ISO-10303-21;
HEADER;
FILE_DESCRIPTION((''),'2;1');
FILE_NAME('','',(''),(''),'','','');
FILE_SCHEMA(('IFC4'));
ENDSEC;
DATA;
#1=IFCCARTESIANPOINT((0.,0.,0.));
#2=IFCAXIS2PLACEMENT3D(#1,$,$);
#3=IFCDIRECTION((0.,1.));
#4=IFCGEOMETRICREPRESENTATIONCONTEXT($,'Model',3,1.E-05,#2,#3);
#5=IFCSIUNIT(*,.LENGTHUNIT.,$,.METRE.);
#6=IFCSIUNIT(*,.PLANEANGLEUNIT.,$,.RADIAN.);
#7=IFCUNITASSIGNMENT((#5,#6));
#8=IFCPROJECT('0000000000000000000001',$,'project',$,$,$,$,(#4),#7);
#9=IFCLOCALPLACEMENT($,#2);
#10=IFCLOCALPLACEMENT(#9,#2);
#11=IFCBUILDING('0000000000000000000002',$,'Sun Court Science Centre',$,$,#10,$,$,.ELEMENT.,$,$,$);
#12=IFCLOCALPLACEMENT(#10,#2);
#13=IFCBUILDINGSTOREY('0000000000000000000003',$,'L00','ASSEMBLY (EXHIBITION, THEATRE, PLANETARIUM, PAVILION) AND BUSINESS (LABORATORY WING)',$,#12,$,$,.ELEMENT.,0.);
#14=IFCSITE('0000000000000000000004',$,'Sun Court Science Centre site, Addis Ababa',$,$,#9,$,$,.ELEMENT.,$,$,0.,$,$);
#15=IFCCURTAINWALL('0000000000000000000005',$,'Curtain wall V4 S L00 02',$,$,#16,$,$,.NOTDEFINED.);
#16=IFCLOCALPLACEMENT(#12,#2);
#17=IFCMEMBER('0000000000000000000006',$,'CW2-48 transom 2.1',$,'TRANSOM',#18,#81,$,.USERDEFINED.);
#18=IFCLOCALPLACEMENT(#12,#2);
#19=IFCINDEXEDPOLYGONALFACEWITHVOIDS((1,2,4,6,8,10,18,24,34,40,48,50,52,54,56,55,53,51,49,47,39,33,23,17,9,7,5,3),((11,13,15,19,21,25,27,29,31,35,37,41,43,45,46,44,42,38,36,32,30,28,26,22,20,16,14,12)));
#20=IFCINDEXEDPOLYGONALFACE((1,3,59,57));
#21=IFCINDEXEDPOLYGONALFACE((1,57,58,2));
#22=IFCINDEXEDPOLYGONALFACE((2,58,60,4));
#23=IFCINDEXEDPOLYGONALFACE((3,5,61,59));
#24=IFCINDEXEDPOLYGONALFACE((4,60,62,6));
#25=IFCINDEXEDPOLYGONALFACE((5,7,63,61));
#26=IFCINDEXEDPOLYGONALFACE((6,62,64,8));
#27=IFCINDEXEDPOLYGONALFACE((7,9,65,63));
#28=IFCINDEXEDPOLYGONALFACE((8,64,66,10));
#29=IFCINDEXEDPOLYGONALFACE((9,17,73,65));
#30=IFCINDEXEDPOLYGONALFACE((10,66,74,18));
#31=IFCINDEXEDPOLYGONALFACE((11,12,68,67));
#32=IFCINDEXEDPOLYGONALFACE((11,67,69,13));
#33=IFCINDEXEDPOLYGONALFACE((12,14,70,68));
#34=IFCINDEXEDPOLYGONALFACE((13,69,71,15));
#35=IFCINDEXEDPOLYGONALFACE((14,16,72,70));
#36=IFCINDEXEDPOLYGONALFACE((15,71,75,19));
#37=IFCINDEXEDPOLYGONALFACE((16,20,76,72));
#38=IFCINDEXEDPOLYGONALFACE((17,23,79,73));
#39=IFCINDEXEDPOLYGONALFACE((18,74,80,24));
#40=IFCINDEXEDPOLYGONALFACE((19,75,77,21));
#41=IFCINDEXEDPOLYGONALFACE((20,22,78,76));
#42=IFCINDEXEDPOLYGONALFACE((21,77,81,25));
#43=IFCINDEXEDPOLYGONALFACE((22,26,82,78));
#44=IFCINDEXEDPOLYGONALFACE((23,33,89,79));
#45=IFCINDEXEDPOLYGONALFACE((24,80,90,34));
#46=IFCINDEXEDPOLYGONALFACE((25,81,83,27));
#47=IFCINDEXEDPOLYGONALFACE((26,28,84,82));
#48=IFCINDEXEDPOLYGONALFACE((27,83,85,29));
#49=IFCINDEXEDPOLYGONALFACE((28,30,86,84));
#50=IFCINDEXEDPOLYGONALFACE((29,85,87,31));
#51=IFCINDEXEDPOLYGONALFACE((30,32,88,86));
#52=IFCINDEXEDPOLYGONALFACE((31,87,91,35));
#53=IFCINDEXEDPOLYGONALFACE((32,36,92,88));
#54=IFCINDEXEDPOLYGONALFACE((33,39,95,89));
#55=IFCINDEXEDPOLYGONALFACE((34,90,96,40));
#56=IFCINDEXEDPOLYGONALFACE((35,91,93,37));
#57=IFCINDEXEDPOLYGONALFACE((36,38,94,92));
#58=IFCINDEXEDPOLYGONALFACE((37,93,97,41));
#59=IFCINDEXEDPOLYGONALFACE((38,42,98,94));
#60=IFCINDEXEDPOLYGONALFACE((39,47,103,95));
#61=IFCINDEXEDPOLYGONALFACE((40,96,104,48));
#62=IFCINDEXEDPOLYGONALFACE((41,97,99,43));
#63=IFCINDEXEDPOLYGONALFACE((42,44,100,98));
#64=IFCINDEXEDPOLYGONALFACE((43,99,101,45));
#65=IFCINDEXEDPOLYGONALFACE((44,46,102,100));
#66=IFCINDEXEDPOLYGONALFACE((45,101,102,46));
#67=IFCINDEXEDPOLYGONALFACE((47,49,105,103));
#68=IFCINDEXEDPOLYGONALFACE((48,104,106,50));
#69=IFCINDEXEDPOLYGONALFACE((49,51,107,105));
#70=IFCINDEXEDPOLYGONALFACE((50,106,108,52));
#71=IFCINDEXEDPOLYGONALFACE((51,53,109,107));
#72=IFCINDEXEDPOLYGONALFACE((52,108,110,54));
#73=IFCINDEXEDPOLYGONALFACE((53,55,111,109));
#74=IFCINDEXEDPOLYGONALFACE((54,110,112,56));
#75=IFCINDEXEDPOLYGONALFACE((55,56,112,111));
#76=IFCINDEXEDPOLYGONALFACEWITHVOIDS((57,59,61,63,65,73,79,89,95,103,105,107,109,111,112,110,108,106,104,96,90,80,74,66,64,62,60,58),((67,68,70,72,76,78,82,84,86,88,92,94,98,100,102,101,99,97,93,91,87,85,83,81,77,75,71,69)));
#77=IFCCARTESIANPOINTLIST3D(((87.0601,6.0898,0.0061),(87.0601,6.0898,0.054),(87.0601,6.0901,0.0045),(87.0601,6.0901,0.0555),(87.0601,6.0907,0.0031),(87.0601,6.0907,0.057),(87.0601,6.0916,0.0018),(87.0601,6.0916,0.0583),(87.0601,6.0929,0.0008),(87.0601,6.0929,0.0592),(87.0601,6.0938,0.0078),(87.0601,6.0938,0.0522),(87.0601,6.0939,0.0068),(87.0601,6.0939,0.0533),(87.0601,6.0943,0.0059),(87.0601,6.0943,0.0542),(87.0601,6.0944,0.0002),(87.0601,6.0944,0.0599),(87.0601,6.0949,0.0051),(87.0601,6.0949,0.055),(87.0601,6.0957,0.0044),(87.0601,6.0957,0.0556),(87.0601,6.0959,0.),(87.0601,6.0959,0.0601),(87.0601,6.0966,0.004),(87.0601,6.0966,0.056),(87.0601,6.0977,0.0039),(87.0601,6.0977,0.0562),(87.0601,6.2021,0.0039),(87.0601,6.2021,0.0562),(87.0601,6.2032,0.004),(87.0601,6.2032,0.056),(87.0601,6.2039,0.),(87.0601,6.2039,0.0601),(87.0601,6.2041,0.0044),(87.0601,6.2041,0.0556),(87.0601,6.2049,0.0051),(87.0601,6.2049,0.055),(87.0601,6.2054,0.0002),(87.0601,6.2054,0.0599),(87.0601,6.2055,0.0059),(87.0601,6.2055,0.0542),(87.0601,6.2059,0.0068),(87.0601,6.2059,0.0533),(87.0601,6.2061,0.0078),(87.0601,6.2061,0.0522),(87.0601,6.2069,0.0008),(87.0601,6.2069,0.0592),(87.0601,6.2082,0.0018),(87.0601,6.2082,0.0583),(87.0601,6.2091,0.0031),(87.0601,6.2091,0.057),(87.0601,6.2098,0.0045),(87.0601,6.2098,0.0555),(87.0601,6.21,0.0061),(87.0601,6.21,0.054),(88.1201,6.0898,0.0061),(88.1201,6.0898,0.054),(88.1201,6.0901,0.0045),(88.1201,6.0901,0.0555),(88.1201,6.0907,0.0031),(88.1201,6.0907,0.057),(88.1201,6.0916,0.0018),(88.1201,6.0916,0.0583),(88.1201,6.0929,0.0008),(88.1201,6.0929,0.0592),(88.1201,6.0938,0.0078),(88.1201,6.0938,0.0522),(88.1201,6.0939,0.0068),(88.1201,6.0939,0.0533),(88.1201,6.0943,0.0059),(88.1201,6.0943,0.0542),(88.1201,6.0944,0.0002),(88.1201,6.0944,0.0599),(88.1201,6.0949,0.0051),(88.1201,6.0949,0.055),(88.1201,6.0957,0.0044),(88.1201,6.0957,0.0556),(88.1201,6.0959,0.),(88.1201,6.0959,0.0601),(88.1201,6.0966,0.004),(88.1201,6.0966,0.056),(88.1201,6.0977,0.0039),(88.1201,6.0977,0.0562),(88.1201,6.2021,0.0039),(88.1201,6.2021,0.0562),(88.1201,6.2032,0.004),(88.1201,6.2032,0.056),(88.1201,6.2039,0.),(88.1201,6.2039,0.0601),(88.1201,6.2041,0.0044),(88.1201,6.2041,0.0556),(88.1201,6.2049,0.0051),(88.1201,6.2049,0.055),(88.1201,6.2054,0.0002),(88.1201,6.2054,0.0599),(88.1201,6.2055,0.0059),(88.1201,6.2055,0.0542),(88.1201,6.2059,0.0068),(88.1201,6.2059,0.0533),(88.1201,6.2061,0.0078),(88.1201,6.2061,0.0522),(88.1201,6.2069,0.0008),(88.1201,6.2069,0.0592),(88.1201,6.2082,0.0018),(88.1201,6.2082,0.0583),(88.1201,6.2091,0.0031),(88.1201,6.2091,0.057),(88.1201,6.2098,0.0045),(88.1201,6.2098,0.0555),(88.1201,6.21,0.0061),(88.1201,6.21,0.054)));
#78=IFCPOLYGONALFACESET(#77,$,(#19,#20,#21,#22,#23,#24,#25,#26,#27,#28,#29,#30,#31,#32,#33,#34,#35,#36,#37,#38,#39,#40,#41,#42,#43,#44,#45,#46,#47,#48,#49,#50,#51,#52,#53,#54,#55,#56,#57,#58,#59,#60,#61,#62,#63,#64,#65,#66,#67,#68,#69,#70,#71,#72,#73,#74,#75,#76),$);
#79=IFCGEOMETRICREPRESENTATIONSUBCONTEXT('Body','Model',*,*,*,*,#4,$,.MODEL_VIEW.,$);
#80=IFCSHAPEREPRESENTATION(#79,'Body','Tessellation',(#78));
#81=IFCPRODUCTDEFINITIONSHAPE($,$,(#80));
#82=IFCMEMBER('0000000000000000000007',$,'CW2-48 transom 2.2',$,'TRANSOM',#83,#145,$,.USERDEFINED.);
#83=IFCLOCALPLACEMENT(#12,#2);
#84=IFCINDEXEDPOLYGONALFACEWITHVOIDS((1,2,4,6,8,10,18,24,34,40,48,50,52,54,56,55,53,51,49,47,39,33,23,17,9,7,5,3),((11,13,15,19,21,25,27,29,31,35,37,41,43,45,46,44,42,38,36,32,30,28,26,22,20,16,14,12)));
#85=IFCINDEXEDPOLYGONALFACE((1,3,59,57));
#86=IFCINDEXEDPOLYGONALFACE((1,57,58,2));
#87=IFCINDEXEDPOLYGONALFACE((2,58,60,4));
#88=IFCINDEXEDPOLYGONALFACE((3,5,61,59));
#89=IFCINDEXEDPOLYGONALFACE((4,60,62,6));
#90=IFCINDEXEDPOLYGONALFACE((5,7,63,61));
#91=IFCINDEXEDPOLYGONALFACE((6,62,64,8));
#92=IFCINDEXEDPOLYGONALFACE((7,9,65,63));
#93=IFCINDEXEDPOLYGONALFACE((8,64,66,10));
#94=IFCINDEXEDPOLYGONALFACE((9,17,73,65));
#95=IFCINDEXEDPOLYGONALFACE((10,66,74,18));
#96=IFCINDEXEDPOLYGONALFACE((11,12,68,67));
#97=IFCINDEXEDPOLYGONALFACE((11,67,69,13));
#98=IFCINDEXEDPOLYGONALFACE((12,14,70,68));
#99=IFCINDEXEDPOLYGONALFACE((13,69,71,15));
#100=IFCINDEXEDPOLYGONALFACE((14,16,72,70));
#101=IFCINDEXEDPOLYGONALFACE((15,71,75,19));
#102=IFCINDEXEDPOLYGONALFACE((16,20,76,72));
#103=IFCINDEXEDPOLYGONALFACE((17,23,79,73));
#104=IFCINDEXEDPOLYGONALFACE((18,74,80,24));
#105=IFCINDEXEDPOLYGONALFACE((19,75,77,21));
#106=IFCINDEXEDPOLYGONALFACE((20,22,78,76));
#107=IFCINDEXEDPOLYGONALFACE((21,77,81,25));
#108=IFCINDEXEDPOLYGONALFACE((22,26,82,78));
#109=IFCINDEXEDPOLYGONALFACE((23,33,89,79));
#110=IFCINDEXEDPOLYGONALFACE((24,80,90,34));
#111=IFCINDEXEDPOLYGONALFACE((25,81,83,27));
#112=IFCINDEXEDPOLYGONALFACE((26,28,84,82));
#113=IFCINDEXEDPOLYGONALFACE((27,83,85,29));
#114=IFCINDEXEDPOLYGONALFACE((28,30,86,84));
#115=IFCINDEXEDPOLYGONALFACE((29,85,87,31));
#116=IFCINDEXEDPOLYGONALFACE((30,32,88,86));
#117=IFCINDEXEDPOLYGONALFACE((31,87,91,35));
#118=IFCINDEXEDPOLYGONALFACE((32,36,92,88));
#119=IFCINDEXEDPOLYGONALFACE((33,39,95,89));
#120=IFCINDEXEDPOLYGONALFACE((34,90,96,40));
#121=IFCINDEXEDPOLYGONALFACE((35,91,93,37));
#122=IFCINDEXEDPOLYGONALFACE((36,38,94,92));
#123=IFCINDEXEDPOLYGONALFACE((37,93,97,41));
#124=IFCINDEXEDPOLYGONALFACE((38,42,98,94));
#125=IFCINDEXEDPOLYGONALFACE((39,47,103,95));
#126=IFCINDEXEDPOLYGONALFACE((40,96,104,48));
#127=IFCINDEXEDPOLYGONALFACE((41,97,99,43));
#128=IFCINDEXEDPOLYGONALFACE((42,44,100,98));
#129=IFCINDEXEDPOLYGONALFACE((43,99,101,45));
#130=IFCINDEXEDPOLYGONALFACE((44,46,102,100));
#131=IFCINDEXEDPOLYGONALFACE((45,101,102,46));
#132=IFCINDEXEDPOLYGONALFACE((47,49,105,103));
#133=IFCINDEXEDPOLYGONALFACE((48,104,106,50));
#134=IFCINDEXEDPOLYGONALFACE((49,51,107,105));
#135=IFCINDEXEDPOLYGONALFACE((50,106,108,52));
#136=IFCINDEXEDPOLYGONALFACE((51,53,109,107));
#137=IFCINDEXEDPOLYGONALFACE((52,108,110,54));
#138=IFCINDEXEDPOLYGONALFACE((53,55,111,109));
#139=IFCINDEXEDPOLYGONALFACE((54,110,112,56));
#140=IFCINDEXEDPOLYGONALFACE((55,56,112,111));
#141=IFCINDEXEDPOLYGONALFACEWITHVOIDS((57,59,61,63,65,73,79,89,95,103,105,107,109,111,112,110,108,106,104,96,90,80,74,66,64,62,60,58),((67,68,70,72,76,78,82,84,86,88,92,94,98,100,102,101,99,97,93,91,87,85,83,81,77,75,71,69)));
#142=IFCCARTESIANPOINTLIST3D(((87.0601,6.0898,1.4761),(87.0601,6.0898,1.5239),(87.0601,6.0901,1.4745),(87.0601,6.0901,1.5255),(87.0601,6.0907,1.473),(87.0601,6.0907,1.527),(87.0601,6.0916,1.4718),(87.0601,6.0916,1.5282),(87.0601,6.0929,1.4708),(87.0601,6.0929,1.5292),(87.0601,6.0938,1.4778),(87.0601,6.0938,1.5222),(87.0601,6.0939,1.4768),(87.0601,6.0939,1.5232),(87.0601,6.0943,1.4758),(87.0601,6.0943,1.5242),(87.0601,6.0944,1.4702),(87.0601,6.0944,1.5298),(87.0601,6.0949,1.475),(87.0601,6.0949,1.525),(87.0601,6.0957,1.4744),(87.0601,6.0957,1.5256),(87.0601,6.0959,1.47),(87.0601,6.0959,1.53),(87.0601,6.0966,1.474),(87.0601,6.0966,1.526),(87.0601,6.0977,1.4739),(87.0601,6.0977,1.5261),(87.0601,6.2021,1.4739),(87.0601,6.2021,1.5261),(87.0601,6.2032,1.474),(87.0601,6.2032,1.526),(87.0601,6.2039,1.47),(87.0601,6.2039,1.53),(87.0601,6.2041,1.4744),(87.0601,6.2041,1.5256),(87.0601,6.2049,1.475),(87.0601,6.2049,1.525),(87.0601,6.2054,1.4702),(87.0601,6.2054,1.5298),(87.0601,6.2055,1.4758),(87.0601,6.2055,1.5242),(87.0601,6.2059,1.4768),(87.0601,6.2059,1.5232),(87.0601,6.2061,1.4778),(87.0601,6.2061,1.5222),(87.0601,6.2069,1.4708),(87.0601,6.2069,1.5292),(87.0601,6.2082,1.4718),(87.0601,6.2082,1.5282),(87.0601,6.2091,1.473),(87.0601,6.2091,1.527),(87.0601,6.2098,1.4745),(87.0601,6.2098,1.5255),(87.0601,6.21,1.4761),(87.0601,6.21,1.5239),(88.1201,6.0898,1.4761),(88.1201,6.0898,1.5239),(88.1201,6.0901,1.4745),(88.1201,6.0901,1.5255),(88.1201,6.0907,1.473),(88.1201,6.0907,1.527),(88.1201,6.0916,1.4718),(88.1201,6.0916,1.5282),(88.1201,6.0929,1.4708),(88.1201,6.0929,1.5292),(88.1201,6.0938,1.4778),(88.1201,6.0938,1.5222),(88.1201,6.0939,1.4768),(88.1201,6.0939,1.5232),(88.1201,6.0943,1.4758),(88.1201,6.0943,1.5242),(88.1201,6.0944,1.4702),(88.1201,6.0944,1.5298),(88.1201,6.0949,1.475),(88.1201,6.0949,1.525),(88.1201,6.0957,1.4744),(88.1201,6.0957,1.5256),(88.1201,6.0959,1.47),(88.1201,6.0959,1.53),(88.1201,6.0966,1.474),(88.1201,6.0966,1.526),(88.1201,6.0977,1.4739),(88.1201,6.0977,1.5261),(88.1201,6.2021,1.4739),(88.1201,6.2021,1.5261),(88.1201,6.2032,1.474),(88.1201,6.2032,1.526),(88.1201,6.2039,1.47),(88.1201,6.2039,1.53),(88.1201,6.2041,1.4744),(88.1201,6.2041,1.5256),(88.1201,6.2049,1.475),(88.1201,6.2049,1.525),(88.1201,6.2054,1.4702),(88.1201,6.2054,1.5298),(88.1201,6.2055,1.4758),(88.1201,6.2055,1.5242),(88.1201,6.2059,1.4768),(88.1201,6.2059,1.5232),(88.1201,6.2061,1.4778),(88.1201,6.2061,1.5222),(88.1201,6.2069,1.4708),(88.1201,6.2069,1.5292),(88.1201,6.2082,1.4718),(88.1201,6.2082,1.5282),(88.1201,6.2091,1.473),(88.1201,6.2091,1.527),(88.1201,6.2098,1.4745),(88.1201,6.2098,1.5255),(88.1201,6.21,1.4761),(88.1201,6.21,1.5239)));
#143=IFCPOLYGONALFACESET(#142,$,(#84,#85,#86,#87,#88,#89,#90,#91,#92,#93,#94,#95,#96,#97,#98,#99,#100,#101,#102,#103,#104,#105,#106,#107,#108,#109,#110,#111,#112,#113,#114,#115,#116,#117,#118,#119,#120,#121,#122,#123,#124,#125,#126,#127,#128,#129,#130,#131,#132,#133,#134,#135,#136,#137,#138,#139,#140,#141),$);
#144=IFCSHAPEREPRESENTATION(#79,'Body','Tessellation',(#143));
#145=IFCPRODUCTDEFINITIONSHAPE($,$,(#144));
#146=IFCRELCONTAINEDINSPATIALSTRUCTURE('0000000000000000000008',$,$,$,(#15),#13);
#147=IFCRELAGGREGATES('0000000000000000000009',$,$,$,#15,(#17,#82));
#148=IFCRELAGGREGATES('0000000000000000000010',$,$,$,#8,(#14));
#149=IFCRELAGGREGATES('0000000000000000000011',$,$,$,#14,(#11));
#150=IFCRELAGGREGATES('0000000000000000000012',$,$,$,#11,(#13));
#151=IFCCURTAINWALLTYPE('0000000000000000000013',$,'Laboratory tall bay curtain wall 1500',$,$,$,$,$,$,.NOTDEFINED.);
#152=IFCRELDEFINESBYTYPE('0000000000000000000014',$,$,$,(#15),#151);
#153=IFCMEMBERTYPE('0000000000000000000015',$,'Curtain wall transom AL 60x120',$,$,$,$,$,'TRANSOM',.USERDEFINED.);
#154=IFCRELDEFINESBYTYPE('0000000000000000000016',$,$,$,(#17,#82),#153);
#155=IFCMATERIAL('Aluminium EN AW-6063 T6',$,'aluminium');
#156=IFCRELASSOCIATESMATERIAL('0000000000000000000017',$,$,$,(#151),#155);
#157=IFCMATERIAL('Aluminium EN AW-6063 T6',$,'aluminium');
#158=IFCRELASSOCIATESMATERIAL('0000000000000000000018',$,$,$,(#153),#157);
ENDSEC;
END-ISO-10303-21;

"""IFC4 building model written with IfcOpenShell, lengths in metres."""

from ifc_helpers import new_model, si_unit, direction, frame, origin, origin_2d, place, context, subcontext, project, spatial, hollow_rectangle, extrude, material, material_profile, profile_set, type_object, element, aggregate, save


model = new_model("IFC4")

# Units and contexts
model_context = context("Model", 3, precision=1e-05, world=origin(), true_north=direction((0.0, 1.0)))
body_context = subcontext(model_context, "Body", "Model", "MODEL_VIEW")
ifc_project = project(units=[si_unit("LENGTHUNIT", "METRE"), si_unit("PLANEANGLEUNIT", "RADIAN")], contexts=[model_context])

# Site, building, storey
site_placement = place(None, origin())
site = spatial("IfcSite", under=ifc_project, at=site_placement, Name="Sun Court Science Centre site, Addis Ababa", CompositionType="ELEMENT", RefElevation=0.0)
building_placement = place(site_placement, origin())
building = spatial("IfcBuilding", under=site, at=building_placement, Name="Sun Court Science Centre", CompositionType="ELEMENT")
storey_placement = place(building_placement, origin())
storey = spatial("IfcBuildingStorey", under=building, at=storey_placement, Name="L00", Description="ASSEMBLY (EXHIBITION, THEATRE, PLANETARIUM, PAVILION) AND BUSINESS (LABORATORY WING)", CompositionType="ELEMENT", Elevation=0.0)

# Curtain wall, members
ifc_material_1 = material(Name="Aluminium EN AW-6063 T6", Category="aluminium")
curtain_wall_type = type_object("IfcCurtainWallType", Name="Laboratory tall bay curtain wall 1500", PredefinedType="NOTDEFINED", material=ifc_material_1)
curtain_wall_placement = place(storey_placement, origin())
curtain_wall = element("IfcCurtainWall", 1, at=curtain_wall_placement, inside=storey, type_object=curtain_wall_type, Name="Curtain wall V4 S L00 02", PredefinedType="NOTDEFINED")
ifc_material_2 = material(Name="Aluminium EN AW-6063 T6", Category="aluminium")
ifc_material_profile_1 = material_profile(ifc_material_2, hollow_rectangle(XDim=0.0601, YDim=0.1201, WallThickness=0.0039, InnerFilletRadius=0.0039, OuterFilletRadius=0.0061, at=origin_2d()), Name="AL 60x120x4")
ifc_profile_set_1 = profile_set([ifc_material_profile_1], Name="Aluminium EN AW-6063 T6")
member_type_1 = type_object("IfcMemberType", Name="Curtain wall transom AL 60x120", ElementType="TRANSOM", PredefinedType="USERDEFINED", material=ifc_profile_set_1)
member_1_placement = place(storey_placement, frame((88.1201, 6.1499, 0.03), z_axis=(-1.0, 0.0, 0.0), x_axis=(0.0, 0.0, 1.0)))
member_1 = element("IfcMember", 2, at=member_1_placement, type_object=member_type_1, Name="CW2-48 transom 2.1", ObjectType="TRANSOM", PredefinedType="USERDEFINED", context=body_context, shape_type="SweptSolid", body=[
    extrude(hollow_rectangle(XDim=0.0601, YDim=0.1201, WallThickness=0.0039, InnerFilletRadius=0.0039, OuterFilletRadius=0.0061, at=origin_2d()), origin(), (0.0, 0.0, 1.0), 1.0601),
])
member_2_placement = place(storey_placement, frame((88.1201, 6.1499, 1.5), z_axis=(-1.0, 0.0, 0.0), x_axis=(0.0, 0.0, 1.0)))
member_2 = element("IfcMember", 3, at=member_2_placement, type_object=member_type_1, Name="CW2-48 transom 2.2", ObjectType="TRANSOM", PredefinedType="USERDEFINED", context=body_context, shape_type="SweptSolid", body=[
    extrude(hollow_rectangle(XDim=0.0601, YDim=0.1201, WallThickness=0.0039, InnerFilletRadius=0.0039, OuterFilletRadius=0.0061, at=origin_2d()), origin(), (0.0, 0.0, 1.0), 1.0601),
])

aggregate(curtain_wall, [member_1, member_2])

save(model, "model.ifc")
